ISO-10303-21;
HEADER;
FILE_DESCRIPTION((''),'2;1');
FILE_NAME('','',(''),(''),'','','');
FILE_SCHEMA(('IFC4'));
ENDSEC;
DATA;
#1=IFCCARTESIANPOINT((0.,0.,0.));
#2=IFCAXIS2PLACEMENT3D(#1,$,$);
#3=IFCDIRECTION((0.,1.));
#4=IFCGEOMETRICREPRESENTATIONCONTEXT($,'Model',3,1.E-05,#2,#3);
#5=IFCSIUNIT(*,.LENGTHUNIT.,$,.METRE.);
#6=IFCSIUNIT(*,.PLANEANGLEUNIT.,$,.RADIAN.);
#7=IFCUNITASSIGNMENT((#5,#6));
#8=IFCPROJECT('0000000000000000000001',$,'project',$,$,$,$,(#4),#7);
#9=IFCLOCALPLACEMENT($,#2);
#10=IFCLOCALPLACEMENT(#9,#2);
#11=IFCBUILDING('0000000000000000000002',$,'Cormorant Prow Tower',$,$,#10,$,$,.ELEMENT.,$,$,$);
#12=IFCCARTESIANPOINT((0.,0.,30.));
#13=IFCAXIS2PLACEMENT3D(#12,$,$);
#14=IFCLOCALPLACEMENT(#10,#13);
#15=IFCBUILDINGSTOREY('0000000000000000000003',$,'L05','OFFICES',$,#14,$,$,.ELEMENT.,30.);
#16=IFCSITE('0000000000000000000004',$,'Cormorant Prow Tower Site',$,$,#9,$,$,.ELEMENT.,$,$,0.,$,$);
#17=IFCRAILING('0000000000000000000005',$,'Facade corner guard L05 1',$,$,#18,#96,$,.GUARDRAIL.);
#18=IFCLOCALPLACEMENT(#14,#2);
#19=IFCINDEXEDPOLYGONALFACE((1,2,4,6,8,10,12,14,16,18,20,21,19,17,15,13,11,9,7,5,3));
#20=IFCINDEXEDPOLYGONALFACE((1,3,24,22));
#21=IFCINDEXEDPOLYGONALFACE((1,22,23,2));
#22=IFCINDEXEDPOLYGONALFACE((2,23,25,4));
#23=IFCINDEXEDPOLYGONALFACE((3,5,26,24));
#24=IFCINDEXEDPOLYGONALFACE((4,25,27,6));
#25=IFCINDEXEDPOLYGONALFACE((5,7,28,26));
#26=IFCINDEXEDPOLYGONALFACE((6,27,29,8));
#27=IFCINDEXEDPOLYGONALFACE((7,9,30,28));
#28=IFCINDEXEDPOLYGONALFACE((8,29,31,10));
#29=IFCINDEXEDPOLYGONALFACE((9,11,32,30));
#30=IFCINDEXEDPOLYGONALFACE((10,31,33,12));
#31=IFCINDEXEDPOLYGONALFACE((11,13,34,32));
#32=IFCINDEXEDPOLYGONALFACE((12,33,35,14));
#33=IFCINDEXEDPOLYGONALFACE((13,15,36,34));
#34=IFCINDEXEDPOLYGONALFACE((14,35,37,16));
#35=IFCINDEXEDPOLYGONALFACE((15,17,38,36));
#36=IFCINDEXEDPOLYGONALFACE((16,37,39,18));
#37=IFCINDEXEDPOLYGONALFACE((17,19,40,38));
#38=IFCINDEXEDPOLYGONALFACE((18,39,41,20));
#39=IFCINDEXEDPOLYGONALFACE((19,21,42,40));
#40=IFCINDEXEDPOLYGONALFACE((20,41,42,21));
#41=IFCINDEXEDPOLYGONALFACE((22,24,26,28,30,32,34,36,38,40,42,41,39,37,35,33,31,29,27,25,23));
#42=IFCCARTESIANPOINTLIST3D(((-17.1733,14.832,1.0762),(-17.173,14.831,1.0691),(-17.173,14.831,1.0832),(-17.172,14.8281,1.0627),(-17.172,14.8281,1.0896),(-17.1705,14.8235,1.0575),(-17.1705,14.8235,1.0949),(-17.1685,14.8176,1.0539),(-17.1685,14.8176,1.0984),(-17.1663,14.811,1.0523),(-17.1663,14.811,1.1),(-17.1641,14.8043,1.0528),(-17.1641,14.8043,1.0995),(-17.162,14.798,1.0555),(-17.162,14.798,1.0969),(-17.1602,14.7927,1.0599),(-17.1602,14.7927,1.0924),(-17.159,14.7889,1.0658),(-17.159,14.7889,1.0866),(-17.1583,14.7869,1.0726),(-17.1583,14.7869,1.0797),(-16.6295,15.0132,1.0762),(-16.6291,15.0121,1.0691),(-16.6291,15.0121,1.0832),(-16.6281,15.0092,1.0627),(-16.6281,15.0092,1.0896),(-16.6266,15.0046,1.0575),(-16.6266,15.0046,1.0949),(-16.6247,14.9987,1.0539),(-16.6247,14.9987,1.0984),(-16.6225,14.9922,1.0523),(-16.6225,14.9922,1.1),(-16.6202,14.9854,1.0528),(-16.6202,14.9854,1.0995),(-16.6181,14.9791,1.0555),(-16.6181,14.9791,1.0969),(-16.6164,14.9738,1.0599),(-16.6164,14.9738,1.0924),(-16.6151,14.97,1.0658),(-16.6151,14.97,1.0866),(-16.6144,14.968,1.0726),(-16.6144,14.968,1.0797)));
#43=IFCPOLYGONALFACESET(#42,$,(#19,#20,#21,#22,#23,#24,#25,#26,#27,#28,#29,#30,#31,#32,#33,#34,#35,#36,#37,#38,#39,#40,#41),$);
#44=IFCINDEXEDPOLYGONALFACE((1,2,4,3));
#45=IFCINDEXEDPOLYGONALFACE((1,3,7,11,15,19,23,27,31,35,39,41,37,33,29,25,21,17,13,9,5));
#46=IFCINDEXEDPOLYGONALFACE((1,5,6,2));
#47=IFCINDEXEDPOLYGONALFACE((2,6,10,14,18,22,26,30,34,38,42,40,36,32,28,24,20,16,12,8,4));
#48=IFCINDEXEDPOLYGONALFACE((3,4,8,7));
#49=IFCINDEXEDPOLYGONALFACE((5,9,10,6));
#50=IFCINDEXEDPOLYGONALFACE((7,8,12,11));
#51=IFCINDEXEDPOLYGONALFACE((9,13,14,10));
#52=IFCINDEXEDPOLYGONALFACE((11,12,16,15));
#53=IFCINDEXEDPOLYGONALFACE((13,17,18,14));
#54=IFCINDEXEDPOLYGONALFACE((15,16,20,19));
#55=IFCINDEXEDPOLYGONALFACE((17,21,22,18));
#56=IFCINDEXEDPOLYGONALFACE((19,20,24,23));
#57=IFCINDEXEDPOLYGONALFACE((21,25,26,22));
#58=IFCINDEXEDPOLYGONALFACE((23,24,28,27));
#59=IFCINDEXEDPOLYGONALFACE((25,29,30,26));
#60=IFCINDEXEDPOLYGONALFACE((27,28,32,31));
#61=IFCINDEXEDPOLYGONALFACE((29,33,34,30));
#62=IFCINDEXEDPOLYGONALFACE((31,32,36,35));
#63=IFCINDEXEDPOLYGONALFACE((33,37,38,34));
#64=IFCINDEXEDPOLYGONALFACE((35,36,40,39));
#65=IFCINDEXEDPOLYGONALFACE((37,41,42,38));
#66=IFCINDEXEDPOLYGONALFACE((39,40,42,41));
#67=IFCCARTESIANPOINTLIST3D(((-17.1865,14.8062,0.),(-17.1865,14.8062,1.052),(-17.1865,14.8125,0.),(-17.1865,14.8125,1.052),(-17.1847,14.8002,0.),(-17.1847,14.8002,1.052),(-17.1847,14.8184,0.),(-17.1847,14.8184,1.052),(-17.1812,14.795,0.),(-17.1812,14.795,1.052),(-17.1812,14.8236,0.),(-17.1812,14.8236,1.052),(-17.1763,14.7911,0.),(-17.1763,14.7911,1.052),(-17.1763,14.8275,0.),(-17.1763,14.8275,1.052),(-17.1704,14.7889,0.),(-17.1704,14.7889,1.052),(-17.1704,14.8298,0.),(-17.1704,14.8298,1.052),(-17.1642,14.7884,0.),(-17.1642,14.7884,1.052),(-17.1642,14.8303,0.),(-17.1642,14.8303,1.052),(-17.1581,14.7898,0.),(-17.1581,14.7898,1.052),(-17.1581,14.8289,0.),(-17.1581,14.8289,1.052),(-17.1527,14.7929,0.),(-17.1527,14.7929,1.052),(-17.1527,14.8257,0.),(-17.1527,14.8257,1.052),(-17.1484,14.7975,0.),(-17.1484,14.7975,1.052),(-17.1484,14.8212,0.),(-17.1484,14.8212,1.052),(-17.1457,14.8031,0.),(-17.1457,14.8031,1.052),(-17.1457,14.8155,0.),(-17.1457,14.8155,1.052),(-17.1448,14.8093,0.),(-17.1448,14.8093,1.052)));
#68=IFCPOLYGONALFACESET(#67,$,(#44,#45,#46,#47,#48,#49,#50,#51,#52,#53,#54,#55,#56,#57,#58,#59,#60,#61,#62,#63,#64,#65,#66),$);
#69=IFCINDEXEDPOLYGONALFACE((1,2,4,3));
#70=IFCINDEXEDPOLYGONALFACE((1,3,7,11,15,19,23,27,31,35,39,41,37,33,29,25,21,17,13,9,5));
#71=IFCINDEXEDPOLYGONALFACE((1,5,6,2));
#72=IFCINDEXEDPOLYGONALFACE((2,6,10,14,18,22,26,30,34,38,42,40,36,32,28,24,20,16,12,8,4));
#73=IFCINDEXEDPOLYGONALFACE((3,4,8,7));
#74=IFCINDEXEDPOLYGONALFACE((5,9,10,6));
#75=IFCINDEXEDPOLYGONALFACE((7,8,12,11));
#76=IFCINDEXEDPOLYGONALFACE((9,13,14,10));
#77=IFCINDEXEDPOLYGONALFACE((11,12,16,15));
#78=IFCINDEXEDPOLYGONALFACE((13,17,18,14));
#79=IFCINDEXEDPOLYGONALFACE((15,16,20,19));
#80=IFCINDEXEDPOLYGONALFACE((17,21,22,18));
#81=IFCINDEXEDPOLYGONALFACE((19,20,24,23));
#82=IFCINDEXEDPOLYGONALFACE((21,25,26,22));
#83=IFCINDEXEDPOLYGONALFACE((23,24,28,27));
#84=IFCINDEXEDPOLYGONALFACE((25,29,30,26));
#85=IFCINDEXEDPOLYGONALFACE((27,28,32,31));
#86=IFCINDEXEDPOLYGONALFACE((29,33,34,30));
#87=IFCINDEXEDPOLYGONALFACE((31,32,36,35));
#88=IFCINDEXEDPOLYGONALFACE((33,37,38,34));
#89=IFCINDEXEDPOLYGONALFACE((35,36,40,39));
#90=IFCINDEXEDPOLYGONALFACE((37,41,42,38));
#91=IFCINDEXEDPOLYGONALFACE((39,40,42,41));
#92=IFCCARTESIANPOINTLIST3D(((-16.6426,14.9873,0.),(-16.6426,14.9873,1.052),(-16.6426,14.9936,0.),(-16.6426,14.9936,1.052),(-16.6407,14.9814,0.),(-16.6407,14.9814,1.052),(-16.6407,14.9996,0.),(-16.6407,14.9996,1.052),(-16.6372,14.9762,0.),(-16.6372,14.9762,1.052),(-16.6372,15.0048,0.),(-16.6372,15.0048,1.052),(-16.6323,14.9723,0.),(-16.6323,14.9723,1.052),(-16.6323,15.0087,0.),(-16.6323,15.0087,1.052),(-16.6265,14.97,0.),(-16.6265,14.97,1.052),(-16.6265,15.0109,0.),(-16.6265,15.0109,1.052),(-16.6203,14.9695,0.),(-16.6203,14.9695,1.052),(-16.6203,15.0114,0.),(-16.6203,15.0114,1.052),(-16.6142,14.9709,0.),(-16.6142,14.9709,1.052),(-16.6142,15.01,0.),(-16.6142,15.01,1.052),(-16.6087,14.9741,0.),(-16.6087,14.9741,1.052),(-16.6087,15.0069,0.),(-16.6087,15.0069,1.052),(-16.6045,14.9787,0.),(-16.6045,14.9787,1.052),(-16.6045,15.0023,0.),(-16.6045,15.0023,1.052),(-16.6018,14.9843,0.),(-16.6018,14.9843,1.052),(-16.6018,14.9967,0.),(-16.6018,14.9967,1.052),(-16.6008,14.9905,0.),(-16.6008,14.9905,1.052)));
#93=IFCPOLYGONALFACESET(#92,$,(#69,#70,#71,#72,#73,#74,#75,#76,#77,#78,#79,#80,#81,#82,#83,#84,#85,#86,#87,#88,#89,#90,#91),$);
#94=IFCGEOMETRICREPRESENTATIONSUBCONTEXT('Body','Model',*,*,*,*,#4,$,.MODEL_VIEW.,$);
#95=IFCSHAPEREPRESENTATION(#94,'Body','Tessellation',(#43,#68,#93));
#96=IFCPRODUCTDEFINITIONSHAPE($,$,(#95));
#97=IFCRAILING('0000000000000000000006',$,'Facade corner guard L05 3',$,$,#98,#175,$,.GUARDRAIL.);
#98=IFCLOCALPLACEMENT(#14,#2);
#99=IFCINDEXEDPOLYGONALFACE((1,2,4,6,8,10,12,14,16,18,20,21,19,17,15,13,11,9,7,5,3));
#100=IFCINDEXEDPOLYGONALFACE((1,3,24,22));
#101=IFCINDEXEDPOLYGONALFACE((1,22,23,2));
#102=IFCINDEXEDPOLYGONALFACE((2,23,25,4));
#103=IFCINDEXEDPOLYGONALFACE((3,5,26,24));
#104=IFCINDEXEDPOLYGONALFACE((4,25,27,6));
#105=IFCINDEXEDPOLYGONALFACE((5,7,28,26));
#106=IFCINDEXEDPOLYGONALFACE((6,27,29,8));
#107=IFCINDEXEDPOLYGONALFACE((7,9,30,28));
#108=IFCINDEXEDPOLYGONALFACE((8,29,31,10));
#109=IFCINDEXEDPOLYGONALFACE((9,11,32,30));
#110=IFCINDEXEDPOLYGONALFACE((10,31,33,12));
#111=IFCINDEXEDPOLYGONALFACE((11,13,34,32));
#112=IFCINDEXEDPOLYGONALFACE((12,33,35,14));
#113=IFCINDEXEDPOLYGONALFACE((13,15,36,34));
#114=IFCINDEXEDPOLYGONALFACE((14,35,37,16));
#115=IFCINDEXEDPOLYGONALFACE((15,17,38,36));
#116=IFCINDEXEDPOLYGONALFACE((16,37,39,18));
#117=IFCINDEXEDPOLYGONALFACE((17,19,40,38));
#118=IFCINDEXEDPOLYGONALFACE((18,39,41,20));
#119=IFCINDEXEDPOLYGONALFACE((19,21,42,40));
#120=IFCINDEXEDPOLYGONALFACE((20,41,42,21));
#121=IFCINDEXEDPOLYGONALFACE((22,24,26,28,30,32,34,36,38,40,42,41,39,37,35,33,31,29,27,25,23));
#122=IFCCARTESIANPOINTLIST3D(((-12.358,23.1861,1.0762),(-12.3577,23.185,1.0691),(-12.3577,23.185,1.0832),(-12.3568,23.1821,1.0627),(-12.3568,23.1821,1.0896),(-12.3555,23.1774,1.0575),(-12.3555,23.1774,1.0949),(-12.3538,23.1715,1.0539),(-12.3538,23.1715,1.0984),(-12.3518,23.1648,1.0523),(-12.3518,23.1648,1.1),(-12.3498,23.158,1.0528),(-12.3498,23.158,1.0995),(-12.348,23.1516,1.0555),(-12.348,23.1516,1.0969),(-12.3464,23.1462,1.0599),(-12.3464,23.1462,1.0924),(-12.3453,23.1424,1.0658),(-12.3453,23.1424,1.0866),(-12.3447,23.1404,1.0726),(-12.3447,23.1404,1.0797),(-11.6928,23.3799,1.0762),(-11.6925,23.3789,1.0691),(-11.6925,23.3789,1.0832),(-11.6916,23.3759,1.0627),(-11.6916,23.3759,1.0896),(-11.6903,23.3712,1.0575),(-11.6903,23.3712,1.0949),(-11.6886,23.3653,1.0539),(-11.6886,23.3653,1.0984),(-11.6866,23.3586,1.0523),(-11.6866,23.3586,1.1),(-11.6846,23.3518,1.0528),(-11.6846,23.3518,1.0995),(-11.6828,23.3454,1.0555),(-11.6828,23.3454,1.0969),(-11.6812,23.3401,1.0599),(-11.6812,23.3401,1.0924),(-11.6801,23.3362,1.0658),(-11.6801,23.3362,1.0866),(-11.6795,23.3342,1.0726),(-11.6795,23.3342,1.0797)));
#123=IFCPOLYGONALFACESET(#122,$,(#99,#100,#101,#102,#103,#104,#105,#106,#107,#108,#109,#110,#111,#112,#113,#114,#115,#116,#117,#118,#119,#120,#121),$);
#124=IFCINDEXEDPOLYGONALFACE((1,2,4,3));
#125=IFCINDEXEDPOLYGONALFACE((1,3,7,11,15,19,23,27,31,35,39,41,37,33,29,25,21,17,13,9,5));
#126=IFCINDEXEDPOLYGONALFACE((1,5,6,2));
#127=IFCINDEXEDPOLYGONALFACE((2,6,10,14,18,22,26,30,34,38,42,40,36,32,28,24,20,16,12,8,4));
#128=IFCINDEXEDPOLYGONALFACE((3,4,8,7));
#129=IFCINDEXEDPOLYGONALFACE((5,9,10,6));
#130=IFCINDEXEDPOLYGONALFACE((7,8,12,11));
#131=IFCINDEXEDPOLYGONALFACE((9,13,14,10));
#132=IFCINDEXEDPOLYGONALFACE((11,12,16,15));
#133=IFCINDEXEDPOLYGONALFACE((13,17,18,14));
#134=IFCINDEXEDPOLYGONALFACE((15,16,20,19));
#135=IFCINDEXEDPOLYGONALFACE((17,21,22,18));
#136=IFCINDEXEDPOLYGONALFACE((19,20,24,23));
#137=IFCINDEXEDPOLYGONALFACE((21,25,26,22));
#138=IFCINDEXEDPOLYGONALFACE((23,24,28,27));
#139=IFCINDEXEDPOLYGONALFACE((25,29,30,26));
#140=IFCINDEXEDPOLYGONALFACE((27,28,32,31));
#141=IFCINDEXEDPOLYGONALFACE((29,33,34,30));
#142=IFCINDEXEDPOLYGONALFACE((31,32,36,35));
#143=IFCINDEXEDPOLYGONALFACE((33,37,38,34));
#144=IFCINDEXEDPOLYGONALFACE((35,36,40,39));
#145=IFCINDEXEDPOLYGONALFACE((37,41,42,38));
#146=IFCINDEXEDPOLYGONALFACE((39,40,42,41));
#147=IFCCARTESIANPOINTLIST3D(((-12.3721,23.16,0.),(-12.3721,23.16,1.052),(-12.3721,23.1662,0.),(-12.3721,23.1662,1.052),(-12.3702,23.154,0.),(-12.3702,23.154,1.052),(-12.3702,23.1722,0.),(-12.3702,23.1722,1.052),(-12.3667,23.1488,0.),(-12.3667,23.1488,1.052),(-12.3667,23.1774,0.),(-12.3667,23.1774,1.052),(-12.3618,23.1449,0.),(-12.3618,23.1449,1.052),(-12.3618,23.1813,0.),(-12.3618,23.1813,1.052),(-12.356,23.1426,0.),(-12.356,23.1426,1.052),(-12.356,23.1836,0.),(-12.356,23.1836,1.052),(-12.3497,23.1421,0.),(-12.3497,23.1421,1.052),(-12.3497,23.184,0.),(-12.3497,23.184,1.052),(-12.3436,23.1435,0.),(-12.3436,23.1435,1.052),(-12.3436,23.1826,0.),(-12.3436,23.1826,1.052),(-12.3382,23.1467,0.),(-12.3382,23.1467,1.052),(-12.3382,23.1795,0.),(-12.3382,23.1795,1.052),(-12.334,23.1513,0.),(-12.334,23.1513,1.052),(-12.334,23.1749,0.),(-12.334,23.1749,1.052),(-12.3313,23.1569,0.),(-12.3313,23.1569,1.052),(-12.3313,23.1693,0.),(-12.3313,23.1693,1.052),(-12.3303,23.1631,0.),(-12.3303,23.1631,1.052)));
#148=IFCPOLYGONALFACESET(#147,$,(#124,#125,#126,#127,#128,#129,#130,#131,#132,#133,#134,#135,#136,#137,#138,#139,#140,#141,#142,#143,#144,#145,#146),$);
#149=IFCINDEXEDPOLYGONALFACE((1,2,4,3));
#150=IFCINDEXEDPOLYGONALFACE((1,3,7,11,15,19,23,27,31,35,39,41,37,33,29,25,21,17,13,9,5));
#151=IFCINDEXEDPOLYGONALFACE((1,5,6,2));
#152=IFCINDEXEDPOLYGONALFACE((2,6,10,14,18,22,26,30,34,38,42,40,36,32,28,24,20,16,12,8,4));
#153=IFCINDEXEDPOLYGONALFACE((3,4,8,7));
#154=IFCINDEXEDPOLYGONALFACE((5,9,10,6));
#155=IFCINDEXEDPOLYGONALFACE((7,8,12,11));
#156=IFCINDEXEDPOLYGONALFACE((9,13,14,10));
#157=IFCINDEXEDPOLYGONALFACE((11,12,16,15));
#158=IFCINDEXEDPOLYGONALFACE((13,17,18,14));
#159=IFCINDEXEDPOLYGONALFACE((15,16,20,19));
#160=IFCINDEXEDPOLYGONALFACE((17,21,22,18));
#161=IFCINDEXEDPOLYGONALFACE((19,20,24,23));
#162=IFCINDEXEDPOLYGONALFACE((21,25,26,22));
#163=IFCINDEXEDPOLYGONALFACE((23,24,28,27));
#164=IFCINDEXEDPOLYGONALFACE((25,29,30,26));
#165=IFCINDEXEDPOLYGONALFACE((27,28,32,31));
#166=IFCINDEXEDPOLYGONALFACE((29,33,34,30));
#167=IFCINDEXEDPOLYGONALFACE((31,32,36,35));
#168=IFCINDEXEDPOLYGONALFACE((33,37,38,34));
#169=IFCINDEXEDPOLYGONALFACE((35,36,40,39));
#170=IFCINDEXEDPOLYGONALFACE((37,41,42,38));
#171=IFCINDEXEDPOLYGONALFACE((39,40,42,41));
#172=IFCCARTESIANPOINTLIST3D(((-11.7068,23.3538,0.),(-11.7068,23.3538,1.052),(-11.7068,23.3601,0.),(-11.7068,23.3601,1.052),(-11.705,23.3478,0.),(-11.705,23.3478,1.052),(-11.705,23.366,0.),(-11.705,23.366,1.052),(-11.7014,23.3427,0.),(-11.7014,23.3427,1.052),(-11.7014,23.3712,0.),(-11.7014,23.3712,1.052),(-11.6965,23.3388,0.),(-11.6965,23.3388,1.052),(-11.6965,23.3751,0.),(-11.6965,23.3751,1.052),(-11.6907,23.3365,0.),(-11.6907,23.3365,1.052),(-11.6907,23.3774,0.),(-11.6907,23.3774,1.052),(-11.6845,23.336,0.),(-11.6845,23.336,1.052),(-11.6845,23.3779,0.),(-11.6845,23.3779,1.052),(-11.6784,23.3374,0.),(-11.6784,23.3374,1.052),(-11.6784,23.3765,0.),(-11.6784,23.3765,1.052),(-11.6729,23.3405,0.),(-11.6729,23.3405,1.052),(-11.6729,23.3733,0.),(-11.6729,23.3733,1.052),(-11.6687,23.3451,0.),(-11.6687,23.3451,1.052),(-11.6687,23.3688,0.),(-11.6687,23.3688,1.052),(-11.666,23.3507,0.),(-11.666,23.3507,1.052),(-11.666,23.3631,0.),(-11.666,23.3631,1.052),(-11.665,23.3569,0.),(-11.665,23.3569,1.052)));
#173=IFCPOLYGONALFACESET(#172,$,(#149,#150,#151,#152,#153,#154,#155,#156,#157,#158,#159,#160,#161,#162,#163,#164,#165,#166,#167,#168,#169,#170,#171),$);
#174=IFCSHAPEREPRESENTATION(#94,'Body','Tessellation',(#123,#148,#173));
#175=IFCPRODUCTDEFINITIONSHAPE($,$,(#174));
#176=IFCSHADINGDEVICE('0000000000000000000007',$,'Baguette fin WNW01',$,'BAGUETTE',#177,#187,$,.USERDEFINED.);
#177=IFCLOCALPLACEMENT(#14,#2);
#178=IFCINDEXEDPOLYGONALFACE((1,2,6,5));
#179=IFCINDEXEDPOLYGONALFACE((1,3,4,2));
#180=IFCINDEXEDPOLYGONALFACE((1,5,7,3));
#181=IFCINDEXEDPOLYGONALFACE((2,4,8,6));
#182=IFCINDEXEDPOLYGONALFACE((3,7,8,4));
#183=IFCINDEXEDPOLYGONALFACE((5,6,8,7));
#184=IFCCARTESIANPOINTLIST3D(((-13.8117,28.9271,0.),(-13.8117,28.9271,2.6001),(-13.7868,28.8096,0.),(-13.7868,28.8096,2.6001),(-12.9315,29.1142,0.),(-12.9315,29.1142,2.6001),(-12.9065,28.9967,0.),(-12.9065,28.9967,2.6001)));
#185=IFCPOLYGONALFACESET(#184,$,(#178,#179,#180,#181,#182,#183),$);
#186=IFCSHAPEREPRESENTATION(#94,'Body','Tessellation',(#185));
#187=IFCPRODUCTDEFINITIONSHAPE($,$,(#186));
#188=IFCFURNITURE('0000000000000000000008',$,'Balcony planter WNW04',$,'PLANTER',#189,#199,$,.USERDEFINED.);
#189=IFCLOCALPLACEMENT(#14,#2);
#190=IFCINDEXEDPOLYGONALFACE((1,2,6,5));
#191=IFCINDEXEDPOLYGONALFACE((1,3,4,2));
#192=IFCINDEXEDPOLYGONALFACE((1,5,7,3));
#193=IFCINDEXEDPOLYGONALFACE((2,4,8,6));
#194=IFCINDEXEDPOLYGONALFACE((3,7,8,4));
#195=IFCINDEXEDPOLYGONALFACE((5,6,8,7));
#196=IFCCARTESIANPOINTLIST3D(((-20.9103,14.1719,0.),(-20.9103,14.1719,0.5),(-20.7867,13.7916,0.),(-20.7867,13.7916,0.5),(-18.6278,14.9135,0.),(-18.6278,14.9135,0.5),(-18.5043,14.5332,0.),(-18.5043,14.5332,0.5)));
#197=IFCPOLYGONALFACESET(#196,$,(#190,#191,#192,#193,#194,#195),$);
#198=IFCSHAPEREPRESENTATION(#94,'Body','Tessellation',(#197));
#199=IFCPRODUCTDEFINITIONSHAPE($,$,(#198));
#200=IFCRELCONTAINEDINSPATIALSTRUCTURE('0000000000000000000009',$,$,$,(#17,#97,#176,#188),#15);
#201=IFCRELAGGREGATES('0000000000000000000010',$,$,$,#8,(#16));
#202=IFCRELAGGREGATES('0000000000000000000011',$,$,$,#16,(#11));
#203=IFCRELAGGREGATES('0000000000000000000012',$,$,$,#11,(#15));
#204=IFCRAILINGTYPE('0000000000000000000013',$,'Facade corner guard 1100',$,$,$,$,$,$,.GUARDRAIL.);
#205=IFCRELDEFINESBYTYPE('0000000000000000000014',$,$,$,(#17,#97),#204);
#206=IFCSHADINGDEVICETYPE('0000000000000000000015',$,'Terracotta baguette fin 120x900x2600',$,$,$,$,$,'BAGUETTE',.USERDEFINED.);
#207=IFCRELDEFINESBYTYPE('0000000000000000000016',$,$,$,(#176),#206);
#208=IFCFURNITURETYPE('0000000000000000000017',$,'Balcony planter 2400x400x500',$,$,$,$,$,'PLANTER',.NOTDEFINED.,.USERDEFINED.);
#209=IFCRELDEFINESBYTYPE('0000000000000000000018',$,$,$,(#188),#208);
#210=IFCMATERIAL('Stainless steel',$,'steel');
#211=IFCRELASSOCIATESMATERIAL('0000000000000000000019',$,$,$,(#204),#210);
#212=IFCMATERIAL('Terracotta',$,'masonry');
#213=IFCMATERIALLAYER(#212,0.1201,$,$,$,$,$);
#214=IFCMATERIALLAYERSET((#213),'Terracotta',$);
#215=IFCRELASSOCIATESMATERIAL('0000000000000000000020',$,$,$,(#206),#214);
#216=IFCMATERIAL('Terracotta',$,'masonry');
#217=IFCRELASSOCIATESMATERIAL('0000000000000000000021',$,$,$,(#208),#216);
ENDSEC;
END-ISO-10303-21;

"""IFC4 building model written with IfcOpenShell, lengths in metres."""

from ifc_helpers import new_model, si_unit, direction, frame, origin, origin_2d, place, context, subcontext, project, spatial, rectangle, circle, extrude, material, layer, layer_set, type_object, element, save


model = new_model("IFC4")

# Units and contexts
model_context = context("Model", 3, precision=1e-05, world=origin(), true_north=direction((0.0, 1.0)))
body_context = subcontext(model_context, "Body", "Model", "MODEL_VIEW")
ifc_project = project(units=[si_unit("LENGTHUNIT", "METRE"), si_unit("PLANEANGLEUNIT", "RADIAN")], contexts=[model_context])

# Site, building, storey
site_placement = place(None, origin())
site = spatial("IfcSite", under=ifc_project, at=site_placement, Name="Cormorant Prow Tower Site", CompositionType="ELEMENT", RefElevation=0.0)
building_placement = place(site_placement, origin())
building = spatial("IfcBuilding", under=site, at=building_placement, Name="Cormorant Prow Tower", CompositionType="ELEMENT")
storey_placement = place(building_placement, frame((0.0, 0.0, 30.0)))
storey = spatial("IfcBuildingStorey", under=building, at=storey_placement, Name="L05", Description="OFFICES", CompositionType="ELEMENT", Elevation=30.0)

# Railings
ifc_material_1 = material(Name="Stainless steel", Category="steel")
railing_type = type_object("IfcRailingType", Name="Facade corner guard 1100", PredefinedType="GUARDRAIL", material=ifc_material_1)
railing_1_placement = place(storey_placement, frame((-17.1658, 14.8093, 0.0)))
element("IfcRailing", 1, at=railing_1_placement, inside=storey, type_object=railing_type, Name="Facade corner guard L05 1", PredefinedType="GUARDRAIL", context=body_context, shape_type="SweptSolid", body=[
    extrude(circle(Radius=0.0239, at=origin_2d()), frame((0.0, 0.0, 1.0762), z_axis=(0.948768, 0.315972, 0.0), x_axis=(-0.315972, 0.948768, 0.0)), (0.0, 0.0, 1.0), 0.5732),
    extrude(circle(Radius=0.021, at=origin_2d()), origin(), (0.0, 0.0, 1.0), 1.052),
    extrude(circle(Radius=0.021, at=origin_2d()), frame((0.5439, 0.1812, 0.0)), (0.0, 0.0, 1.0), 1.052),
])
railing_2_placement = place(storey_placement, frame((-12.3513, 23.1631, 0.0)))
element("IfcRailing", 2, at=railing_2_placement, inside=storey, type_object=railing_type, Name="Facade corner guard L05 3", PredefinedType="GUARDRAIL", context=body_context, shape_type="SweptSolid", body=[
    extrude(circle(Radius=0.0239, at=origin_2d()), frame((0.0, 0.0, 1.0762), z_axis=(0.960075, 0.279743, 0.0), x_axis=(-0.279743, 0.960075, 0.0)), (0.0, 0.0, 1.0), 0.6929),
    extrude(circle(Radius=0.021, at=origin_2d()), origin(), (0.0, 0.0, 1.0), 1.052),
    extrude(circle(Radius=0.021, at=origin_2d()), frame((0.6653, 0.1938, 0.0)), (0.0, 0.0, 1.0), 1.052),
])

# Shading device
ifc_material_2 = material(Name="Terracotta", Category="masonry")
ifc_layer_1 = layer(ifc_material_2, 0.1201)
ifc_layer_set_1 = layer_set([ifc_layer_1], Name="Terracotta")
shading_device_type = type_object("IfcShadingDeviceType", Name="Terracotta baguette fin 120x900x2600", ElementType="BAGUETTE", PredefinedType="USERDEFINED", material=ifc_layer_set_1)
shading_device_placement = place(storey_placement, frame((-13.3591, 28.9619, 0.0), z_axis=(0.0, 0.0, 1.0), x_axis=(0.207912, -0.978148, 0.0)))
element("IfcShadingDevice", 3, at=shading_device_placement, inside=storey, type_object=shading_device_type, Name="Baguette fin WNW01", ObjectType="BAGUETTE", PredefinedType="USERDEFINED", context=body_context, shape_type="SweptSolid", body=[
    extrude(rectangle(XDim=0.1201, YDim=0.8999, at=origin_2d()), origin(), (0.0, 0.0, 1.0), 2.6001),
])

# Furniture
ifc_material_3 = material(Name="Terracotta", Category="masonry")
furniture_type = type_object("IfcFurnitureType", Name="Balcony planter 2400x400x500", ElementType="PLANTER", AssemblyPlace="NOTDEFINED", PredefinedType="USERDEFINED", material=ifc_material_3)
furniture_placement = place(storey_placement, frame((-19.7073, 14.3525, 0.0), z_axis=(0.0, 0.0, 1.0), x_axis=(-0.951057, -0.309017, 0.0)))
element("IfcFurniture", 4, at=furniture_placement, inside=storey, type_object=furniture_type, Name="Balcony planter WNW04", ObjectType="PLANTER", PredefinedType="USERDEFINED", context=body_context, shape_type="SweptSolid", body=[
    extrude(rectangle(XDim=2.3999, YDim=0.3999, at=origin_2d()), origin(), (0.0, 0.0, 1.0), 0.5),
])

save(model, "model.ifc")
